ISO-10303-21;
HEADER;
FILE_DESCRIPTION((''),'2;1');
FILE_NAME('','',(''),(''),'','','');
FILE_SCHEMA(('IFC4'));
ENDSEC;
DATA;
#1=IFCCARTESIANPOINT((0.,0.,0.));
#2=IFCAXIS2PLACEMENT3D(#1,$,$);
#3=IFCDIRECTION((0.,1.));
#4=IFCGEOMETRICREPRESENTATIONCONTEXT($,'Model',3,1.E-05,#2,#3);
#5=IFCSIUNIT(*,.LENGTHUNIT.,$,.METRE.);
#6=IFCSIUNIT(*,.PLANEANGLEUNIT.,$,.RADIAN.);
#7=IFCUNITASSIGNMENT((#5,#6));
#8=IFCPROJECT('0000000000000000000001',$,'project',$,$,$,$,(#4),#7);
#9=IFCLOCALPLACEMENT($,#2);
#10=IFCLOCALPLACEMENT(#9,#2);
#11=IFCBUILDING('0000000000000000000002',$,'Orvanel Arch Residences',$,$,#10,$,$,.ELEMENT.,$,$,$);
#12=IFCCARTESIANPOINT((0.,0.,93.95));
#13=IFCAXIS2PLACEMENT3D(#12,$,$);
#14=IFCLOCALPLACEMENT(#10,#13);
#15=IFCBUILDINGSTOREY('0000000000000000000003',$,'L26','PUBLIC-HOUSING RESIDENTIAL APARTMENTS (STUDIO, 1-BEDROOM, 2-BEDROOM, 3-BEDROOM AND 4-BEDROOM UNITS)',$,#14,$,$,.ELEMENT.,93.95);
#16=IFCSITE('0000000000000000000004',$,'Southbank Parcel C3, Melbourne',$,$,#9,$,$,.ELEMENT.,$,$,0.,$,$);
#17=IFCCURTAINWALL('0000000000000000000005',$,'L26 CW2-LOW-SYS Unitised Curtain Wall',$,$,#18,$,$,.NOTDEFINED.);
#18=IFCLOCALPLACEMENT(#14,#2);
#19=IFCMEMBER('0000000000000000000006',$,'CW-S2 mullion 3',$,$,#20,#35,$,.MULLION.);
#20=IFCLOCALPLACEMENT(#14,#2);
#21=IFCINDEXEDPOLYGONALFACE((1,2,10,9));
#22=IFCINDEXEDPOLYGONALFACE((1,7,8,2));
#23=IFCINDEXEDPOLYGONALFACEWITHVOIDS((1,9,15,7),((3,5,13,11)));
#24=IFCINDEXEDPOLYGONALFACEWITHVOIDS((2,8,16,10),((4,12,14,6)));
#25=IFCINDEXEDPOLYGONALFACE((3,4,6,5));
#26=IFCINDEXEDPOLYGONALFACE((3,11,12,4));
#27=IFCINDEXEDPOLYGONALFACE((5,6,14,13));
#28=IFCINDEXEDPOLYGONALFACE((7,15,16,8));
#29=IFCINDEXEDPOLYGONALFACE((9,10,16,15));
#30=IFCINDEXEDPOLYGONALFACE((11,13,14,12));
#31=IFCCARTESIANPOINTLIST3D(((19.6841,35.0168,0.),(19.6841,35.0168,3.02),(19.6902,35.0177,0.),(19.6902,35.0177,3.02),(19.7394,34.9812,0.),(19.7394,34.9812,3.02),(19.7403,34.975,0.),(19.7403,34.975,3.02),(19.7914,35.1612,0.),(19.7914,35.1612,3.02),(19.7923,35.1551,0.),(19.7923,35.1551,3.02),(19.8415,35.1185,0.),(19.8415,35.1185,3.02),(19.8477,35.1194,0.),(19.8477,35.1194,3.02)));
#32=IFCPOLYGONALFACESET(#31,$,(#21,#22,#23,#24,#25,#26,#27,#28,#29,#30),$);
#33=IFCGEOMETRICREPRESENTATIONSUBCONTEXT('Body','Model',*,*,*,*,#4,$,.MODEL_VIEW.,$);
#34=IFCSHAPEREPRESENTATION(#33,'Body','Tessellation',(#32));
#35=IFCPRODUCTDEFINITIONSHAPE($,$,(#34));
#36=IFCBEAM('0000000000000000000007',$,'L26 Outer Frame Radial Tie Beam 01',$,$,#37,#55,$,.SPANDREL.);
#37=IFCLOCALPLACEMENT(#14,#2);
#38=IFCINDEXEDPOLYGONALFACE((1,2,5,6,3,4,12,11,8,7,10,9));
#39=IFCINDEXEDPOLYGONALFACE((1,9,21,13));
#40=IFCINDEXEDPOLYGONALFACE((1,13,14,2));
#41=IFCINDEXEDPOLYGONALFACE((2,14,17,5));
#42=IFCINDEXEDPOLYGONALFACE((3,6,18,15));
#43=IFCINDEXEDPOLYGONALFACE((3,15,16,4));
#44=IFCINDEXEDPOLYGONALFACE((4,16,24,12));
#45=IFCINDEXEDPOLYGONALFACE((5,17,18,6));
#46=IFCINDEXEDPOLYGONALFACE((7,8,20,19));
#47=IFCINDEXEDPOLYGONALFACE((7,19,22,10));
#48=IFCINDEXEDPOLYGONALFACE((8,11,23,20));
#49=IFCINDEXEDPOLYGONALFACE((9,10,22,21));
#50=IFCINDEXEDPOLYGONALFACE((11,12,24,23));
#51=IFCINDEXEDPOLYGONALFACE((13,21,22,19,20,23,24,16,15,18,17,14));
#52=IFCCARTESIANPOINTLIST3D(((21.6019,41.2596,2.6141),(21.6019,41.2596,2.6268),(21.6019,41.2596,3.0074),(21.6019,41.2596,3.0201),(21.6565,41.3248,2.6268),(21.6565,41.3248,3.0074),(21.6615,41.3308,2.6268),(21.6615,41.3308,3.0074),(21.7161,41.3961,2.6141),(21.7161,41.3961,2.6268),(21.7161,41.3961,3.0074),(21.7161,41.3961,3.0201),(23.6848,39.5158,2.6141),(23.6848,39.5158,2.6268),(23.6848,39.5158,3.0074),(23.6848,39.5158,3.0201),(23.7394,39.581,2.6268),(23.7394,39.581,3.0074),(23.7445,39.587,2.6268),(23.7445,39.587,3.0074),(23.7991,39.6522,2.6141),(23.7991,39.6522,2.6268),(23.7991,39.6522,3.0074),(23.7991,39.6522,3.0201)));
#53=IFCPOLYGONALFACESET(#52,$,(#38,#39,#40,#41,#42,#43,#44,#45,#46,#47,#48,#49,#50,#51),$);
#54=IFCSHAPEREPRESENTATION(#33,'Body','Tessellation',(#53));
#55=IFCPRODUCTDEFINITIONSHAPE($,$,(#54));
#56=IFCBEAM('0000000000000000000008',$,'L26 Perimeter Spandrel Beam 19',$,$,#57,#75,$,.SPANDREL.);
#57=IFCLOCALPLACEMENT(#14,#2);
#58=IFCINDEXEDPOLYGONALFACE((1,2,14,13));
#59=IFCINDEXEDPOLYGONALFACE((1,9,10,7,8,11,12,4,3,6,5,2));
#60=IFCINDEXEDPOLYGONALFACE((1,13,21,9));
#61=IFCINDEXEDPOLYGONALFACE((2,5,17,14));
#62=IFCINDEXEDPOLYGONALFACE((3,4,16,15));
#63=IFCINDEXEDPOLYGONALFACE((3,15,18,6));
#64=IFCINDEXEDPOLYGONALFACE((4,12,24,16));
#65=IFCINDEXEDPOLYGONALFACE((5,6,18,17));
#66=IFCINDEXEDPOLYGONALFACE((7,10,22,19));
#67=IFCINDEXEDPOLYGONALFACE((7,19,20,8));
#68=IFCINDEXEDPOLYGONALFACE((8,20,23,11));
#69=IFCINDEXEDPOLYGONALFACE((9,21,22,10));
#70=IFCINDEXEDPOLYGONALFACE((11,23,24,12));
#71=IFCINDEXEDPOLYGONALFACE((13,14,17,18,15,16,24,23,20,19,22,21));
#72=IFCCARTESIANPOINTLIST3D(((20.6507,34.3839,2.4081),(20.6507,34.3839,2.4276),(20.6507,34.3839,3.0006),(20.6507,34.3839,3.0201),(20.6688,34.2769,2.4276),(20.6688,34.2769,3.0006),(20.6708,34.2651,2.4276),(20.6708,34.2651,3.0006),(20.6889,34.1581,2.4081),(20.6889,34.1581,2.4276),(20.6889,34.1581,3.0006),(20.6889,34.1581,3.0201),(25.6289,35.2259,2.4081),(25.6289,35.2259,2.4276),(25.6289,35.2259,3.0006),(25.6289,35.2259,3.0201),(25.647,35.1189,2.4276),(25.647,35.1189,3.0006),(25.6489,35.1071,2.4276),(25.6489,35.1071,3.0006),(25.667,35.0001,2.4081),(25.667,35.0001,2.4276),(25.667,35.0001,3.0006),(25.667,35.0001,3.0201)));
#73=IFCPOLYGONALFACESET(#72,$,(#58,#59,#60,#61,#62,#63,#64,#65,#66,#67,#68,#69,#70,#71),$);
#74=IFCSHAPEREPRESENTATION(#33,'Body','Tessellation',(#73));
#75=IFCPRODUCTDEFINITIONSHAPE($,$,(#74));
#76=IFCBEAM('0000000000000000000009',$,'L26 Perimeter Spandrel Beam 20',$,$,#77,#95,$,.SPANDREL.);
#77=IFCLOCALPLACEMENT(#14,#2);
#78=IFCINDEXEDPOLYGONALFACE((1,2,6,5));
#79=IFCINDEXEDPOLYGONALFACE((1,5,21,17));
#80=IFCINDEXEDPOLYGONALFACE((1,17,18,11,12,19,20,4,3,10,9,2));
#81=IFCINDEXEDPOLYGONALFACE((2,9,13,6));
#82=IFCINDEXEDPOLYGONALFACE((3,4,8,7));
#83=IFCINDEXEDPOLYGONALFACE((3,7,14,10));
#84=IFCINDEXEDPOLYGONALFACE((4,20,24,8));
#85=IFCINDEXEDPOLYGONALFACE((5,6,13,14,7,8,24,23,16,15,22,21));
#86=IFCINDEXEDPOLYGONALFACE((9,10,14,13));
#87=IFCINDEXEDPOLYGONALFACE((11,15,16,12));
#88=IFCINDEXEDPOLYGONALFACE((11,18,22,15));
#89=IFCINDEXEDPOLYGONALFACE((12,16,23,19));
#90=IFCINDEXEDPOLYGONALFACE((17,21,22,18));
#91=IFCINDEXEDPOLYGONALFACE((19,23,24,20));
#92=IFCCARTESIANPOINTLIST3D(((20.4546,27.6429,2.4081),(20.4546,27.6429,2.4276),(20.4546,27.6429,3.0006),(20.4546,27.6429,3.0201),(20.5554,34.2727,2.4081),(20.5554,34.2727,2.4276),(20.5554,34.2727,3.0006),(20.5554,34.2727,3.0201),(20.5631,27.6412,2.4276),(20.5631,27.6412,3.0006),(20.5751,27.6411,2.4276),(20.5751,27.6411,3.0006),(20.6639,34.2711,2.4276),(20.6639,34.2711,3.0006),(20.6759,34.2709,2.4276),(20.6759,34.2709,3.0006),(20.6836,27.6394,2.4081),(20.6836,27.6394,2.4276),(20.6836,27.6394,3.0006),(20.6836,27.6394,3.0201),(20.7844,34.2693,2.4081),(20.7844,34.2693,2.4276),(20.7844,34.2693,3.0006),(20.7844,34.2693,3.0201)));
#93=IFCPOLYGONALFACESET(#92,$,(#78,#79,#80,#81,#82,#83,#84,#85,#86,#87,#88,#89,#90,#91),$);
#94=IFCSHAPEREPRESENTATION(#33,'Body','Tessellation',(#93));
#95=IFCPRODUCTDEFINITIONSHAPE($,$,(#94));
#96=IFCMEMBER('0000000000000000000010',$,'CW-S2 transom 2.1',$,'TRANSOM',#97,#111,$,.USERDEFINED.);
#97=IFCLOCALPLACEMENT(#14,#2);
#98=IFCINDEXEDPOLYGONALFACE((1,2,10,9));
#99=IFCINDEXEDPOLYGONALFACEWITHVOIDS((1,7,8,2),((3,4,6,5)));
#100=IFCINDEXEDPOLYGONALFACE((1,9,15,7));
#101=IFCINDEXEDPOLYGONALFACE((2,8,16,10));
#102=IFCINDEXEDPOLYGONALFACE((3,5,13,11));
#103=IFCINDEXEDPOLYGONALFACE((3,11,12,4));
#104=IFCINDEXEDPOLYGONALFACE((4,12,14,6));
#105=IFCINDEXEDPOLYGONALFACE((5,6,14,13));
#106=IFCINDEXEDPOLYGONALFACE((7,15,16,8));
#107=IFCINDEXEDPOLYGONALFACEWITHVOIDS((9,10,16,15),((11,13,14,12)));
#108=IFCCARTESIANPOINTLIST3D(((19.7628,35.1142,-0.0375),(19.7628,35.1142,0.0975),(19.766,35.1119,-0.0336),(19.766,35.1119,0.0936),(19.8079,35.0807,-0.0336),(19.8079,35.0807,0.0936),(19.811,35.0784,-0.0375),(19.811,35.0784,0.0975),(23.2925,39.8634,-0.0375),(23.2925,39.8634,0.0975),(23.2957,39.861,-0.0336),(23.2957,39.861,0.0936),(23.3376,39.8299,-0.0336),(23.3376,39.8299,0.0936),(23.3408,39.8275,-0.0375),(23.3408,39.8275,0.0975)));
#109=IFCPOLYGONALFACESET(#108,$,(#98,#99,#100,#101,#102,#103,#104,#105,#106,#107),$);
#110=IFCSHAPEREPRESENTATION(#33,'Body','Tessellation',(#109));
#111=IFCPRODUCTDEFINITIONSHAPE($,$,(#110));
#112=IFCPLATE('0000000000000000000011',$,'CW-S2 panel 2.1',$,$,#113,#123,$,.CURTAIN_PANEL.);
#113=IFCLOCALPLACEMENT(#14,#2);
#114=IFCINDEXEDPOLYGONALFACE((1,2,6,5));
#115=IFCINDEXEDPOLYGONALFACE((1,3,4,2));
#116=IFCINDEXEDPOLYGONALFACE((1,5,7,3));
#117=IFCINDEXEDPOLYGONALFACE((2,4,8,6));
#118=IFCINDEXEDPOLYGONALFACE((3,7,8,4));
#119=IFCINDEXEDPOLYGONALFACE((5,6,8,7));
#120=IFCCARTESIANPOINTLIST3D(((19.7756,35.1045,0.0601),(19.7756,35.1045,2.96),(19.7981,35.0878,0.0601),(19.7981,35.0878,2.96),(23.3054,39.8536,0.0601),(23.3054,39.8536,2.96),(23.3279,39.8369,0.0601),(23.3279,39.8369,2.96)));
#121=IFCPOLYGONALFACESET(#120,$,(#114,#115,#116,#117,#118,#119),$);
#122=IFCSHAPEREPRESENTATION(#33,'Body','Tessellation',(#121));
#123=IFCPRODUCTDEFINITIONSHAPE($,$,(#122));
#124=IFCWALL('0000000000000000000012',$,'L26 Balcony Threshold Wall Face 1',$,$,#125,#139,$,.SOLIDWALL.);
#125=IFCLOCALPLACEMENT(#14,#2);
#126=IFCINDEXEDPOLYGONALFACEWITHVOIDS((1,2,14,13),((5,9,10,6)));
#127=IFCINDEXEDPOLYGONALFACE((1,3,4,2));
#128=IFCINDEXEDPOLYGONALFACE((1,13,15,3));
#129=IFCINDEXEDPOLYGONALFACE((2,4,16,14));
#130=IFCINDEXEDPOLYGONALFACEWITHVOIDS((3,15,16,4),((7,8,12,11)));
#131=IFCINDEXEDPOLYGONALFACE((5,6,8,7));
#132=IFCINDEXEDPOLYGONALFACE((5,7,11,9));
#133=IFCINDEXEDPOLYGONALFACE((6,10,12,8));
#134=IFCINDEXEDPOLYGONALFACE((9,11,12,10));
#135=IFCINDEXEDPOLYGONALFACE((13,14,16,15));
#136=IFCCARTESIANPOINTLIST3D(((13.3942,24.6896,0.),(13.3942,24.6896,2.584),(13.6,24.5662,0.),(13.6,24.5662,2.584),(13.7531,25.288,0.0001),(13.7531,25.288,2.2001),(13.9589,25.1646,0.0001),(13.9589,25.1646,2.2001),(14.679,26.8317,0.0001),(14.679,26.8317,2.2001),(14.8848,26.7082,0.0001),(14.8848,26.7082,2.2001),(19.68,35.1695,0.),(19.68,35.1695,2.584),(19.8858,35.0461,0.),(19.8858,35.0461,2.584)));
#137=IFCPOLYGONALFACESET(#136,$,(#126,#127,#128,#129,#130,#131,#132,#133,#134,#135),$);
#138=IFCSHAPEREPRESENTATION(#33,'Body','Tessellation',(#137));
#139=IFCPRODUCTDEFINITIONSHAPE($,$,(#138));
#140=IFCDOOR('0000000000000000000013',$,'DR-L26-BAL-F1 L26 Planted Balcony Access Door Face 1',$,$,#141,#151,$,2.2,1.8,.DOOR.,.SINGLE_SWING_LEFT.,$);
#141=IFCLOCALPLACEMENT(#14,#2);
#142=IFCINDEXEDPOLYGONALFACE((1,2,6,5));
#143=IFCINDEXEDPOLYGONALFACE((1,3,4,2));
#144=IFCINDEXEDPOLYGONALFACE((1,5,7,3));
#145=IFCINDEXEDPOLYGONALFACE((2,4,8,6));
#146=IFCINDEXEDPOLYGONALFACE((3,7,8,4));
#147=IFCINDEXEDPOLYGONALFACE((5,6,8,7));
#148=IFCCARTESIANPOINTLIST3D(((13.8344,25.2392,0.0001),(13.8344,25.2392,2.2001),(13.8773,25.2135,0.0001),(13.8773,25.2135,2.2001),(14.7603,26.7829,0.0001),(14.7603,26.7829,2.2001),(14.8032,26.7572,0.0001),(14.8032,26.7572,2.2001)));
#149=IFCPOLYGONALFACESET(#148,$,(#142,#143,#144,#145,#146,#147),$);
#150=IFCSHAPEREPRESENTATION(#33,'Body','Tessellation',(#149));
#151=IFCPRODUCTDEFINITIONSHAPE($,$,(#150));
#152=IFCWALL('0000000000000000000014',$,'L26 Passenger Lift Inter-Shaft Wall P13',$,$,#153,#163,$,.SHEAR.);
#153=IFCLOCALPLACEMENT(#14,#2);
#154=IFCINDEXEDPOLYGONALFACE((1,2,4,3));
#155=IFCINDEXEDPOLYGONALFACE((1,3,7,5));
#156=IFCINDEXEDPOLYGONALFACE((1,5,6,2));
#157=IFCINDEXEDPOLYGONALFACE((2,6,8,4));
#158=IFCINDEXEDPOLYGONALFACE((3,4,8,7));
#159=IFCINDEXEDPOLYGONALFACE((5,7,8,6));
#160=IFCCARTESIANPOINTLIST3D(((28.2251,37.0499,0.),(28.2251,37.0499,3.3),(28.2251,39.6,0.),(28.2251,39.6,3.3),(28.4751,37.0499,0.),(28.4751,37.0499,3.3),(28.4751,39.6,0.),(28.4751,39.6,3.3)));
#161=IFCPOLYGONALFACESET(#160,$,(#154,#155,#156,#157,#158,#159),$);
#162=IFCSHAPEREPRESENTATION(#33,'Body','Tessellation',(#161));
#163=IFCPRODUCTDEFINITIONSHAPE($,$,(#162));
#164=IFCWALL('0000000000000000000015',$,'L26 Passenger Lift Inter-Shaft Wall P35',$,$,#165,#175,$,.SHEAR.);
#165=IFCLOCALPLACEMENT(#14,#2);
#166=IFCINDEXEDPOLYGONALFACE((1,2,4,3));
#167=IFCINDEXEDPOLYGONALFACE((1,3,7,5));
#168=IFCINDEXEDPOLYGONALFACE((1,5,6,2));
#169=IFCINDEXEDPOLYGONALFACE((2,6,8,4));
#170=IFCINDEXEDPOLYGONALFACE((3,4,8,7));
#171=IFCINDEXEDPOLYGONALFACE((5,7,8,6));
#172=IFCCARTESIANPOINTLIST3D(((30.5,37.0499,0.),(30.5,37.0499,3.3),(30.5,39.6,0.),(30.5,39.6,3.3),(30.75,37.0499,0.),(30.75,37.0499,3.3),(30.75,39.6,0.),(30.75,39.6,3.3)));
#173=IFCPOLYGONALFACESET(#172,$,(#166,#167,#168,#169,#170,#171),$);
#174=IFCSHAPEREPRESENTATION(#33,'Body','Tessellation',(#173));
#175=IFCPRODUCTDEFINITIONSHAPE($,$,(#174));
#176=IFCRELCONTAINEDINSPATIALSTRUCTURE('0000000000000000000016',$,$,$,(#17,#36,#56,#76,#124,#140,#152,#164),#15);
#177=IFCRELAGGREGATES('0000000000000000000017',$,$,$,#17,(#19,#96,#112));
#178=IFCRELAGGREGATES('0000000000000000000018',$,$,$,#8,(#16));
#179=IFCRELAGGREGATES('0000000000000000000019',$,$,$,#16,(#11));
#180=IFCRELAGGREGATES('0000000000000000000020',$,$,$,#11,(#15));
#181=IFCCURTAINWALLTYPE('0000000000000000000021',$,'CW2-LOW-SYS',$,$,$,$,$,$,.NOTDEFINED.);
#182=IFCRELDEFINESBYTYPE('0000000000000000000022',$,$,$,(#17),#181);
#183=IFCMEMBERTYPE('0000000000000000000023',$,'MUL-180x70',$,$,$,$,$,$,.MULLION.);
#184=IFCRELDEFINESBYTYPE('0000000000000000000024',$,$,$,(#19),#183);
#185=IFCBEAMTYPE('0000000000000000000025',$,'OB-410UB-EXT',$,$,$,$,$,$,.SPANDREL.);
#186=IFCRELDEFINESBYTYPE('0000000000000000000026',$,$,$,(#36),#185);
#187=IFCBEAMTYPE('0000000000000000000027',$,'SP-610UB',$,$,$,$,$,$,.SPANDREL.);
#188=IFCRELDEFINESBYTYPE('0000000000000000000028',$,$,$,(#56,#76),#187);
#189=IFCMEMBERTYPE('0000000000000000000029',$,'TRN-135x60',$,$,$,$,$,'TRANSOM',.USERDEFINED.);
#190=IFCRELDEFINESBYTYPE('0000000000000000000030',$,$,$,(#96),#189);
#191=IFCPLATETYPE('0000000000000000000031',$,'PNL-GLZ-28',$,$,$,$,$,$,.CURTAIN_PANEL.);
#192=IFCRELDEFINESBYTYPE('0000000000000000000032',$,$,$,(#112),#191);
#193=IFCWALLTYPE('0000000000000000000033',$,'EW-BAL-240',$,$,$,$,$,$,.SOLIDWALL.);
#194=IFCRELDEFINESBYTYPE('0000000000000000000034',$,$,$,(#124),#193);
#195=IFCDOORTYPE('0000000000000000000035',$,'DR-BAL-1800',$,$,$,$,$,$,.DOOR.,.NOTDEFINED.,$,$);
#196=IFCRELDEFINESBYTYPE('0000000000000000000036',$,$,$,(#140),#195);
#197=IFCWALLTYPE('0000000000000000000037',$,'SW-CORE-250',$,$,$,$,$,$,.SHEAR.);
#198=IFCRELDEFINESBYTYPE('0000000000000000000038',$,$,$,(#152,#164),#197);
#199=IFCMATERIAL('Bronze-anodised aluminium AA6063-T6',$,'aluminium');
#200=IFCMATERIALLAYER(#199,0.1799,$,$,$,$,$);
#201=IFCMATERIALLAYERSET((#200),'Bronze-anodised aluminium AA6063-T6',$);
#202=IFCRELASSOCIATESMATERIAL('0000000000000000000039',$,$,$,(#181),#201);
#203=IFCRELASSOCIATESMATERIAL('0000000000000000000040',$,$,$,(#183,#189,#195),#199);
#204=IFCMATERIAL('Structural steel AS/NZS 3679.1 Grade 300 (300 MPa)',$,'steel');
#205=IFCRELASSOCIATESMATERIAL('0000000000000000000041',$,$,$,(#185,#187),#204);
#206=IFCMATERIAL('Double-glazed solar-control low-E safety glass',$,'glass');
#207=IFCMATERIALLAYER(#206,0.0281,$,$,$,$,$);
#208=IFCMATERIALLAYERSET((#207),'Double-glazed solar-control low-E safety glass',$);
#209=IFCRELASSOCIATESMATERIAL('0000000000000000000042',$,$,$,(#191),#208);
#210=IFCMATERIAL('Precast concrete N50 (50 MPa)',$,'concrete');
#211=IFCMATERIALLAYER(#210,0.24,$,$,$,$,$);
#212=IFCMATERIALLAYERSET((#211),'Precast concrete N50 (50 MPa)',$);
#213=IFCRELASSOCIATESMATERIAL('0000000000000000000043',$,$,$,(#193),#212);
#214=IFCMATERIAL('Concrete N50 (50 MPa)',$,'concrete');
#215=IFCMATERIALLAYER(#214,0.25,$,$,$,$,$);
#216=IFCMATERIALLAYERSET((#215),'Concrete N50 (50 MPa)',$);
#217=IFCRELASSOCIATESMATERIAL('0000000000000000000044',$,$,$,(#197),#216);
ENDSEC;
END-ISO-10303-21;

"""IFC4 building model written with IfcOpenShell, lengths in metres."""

from ifc_helpers import new_model, si_unit, direction, frame, frame_2d, origin, origin_2d, place, context, subcontext, project, spatial, rectangle, hollow_rectangle, i_section, extrude, material, layer, layer_set, material_profile, profile_set, type_object, element, fill, aggregate, save


model = new_model("IFC4")

# Units and contexts
model_context = context("Model", 3, precision=1e-05, world=origin(), true_north=direction((0.0, 1.0)))
body_context = subcontext(model_context, "Body", "Model", "MODEL_VIEW")
ifc_project = project(units=[si_unit("LENGTHUNIT", "METRE"), si_unit("PLANEANGLEUNIT", "RADIAN")], contexts=[model_context])

# Site, building, storey
site_placement = place(None, origin())
site = spatial("IfcSite", under=ifc_project, at=site_placement, Name="Southbank Parcel C3, Melbourne", CompositionType="ELEMENT", RefElevation=0.0)
building_placement = place(site_placement, origin())
building = spatial("IfcBuilding", under=site, at=building_placement, Name="Orvanel Arch Residences", CompositionType="ELEMENT")
storey_placement = place(building_placement, frame((0.0, 0.0, 93.95)))
storey = spatial("IfcBuildingStorey", under=building, at=storey_placement, Name="L26", Description="PUBLIC-HOUSING RESIDENTIAL APARTMENTS (STUDIO, 1-BEDROOM, 2-BEDROOM, 3-BEDROOM AND 4-BEDROOM UNITS)", CompositionType="ELEMENT", Elevation=93.95)

# Shared definitions
ifc_material_1 = material(Name="Structural steel AS/NZS 3679.1 Grade 300 (300 MPa)", Category="steel")

# Curtain wall, member
ifc_material_2 = material(Name="Bronze-anodised aluminium AA6063-T6", Category="aluminium")
ifc_layer_1 = layer(ifc_material_2, 0.1799)
ifc_layer_set_1 = layer_set([ifc_layer_1], Name="Bronze-anodised aluminium AA6063-T6")
curtain_wall_type = type_object("IfcCurtainWallType", Name="CW2-LOW-SYS", PredefinedType="NOTDEFINED", material=ifc_layer_set_1)
curtain_wall_placement = place(storey_placement, origin())
curtain_wall = element("IfcCurtainWall", 1, at=curtain_wall_placement, inside=storey, type_object=curtain_wall_type, Name="L26 CW2-LOW-SYS Unitised Curtain Wall", PredefinedType="NOTDEFINED")
ifc_material_profile_1 = material_profile(ifc_material_2, hollow_rectangle(XDim=0.0701, YDim=0.1799, WallThickness=0.0044, at=origin_2d()), Name="ALU180x70x4.5")
ifc_profile_set_1 = profile_set([ifc_material_profile_1], Name="Bronze-anodised aluminium AA6063-T6")
member_type_1 = type_object("IfcMemberType", Name="MUL-180x70", PredefinedType="MULLION", material=ifc_profile_set_1)
member_1_placement = place(storey_placement, frame((19.7659, 35.0681, 0.0), z_axis=(0.0, 0.0, 1.0), x_axis=(0.802593, -0.596527, 0.0)))
member_1 = element("IfcMember", 2, at=member_1_placement, type_object=member_type_1, Name="CW-S2 mullion 3", PredefinedType="MULLION", context=body_context, shape_type="SweptSolid", body=[
    extrude(hollow_rectangle(XDim=0.0701, YDim=0.1799, WallThickness=0.0044, at=origin_2d()), origin(), (0.0, 0.0, 1.0), 3.02),
])

# Beams
ifc_material_profile_2 = material_profile(ifc_material_1, i_section(OverallWidth=0.178, OverallDepth=0.406, WebThickness=0.0078, FlangeThickness=0.0127, at=origin_2d()), Name="410UB59.7")
ifc_profile_set_2 = profile_set([ifc_material_profile_2], Name="Structural steel AS/NZS 3679.1 Grade 300 (300 MPa)")
beam_type_1 = type_object("IfcBeamType", Name="OB-410UB-EXT", PredefinedType="SPANDREL", material=ifc_profile_set_2)
beam_1_placement = place(storey_placement, frame((23.7419, 39.584, 2.8171), z_axis=(-0.766761, 0.641933, 0.0), x_axis=(-0.641933, -0.766761, 0.0)))
element("IfcBeam", 3, at=beam_1_placement, inside=storey, type_object=beam_type_1, Name="L26 Outer Frame Radial Tie Beam 01", PredefinedType="SPANDREL", context=body_context, shape_type="SweptSolid", body=[
    extrude(i_section(OverallWidth=0.178, OverallDepth=0.406, WebThickness=0.0078, FlangeThickness=0.0127, at=origin_2d()), origin(), (0.0, 0.0, 1.0), 2.7166),
])
ifc_material_profile_3 = material_profile(ifc_material_1, i_section(OverallWidth=0.229, OverallDepth=0.6121, WebThickness=0.012, FlangeThickness=0.0195, at=origin_2d()), Name="610UB125")
ifc_profile_set_3 = profile_set([ifc_material_profile_3], Name="Structural steel AS/NZS 3679.1 Grade 300 (300 MPa)")
beam_type_2 = type_object("IfcBeamType", Name="SP-610UB", PredefinedType="SPANDREL", material=ifc_profile_set_3)
beam_2_placement = place(storey_placement, frame((25.6479, 35.113, 2.7141), z_axis=(-0.985994, -0.166782, 0.0), x_axis=(0.166782, -0.985994, 0.0)))
element("IfcBeam", 4, at=beam_2_placement, inside=storey, type_object=beam_type_2, Name="L26 Perimeter Spandrel Beam 19", PredefinedType="SPANDREL", context=body_context, shape_type="SweptSolid", body=[
    extrude(i_section(OverallWidth=0.229, OverallDepth=0.6121, WebThickness=0.012, FlangeThickness=0.0195, at=origin_2d()), origin(), (0.0, 0.0, 1.0), 5.0488),
])
beam_3_placement = place(storey_placement, frame((20.6699, 34.271, 2.7141), z_axis=(-0.015207, -0.999884, 0.0), x_axis=(0.999884, -0.015207, 0.0)))
element("IfcBeam", 5, at=beam_3_placement, inside=storey, type_object=beam_type_2, Name="L26 Perimeter Spandrel Beam 20", PredefinedType="SPANDREL", context=body_context, shape_type="SweptSolid", body=[
    extrude(i_section(OverallWidth=0.229, OverallDepth=0.6121, WebThickness=0.012, FlangeThickness=0.0195, at=origin_2d()), origin(), (0.0, 0.0, 1.0), 6.6306),
])

# Member
ifc_material_profile_4 = material_profile(ifc_material_2, hollow_rectangle(XDim=0.0601, YDim=0.135, WallThickness=0.0039, at=origin_2d()), Name="ALU135x60x4")
ifc_profile_set_4 = profile_set([ifc_material_profile_4], Name="Bronze-anodised aluminium AA6063-T6")
member_type_2 = type_object("IfcMemberType", Name="TRN-135x60", ElementType="TRANSOM", PredefinedType="USERDEFINED", material=ifc_profile_set_4)
member_2_placement = place(storey_placement, frame((23.3167, 39.8455, 0.03), z_axis=(-0.596515, -0.802602, 0.0), x_axis=(0.802602, -0.596515, 0.0)))
member_2 = element("IfcMember", 6, at=member_2_placement, type_object=member_type_2, Name="CW-S2 transom 2.1", ObjectType="TRANSOM", PredefinedType="USERDEFINED", context=body_context, shape_type="SweptSolid", body=[
    extrude(hollow_rectangle(XDim=0.0601, YDim=0.135, WallThickness=0.0039, at=origin_2d()), origin(), (0.0, 0.0, 1.0), 5.9172),
])

# Plate
ifc_material_3 = material(Name="Double-glazed solar-control low-E safety glass", Category="glass")
ifc_layer_2 = layer(ifc_material_3, 0.0281)
ifc_layer_set_2 = layer_set([ifc_layer_2], Name="Double-glazed solar-control low-E safety glass")
plate_type = type_object("IfcPlateType", Name="PNL-GLZ-28", PredefinedType="CURTAIN_PANEL", material=ifc_layer_set_2)
plate_placement = place(storey_placement, frame((21.5518, 37.4707, 0.0601), z_axis=(0.0, 0.0, 1.0), x_axis=(-0.596527, -0.802593, 0.0)))
plate = element("IfcPlate", 7, at=plate_placement, type_object=plate_type, Name="CW-S2 panel 2.1", PredefinedType="CURTAIN_PANEL", context=body_context, shape_type="SweptSolid", body=[
    extrude(rectangle(XDim=5.9172, YDim=0.0281, at=origin_2d()), origin(), (0.0, 0.0, 1.0), 2.8999),
])
aggregate(curtain_wall, [member_1, member_2, plate])

# Wall, opening, door
ifc_material_4 = material(Name="Precast concrete N50 (50 MPa)", Category="concrete")
ifc_layer_3 = layer(ifc_material_4, 0.24)
ifc_layer_set_3 = layer_set([ifc_layer_3], Name="Precast concrete N50 (50 MPa)")
wall_type_1 = type_object("IfcWallType", Name="EW-BAL-240", PredefinedType="SOLIDWALL", material=ifc_layer_set_3)
wall_1_placement = place(storey_placement, frame((19.783, 35.1079, 0.0), z_axis=(0.0, 0.0, 1.0), x_axis=(-0.514369, -0.857569, 0.0)))
wall_1 = element("IfcWall", 8, at=wall_1_placement, inside=storey, type_object=wall_type_1, Name="L26 Balcony Threshold Wall Face 1", PredefinedType="SOLIDWALL", context=body_context, shape_type="SweptSolid", body=[
    extrude(rectangle(XDim=12.2205, YDim=0.24, at=frame_2d((6.1104, 0.0))), origin(), (0.0, 0.0, 1.0), 2.584),
])
opening_1_placement = place(wall_1_placement, frame((9.7229, 0.0, 0.0)))
opening_1 = element("IfcOpeningElement", 9, at=opening_1_placement, cuts=wall_1, PredefinedType="OPENING", context=body_context, shape_type="SweptSolid", body=[
    extrude(rectangle(XDim=1.8, YDim=2.2, at=frame_2d((0.8999, 1.1001))), frame((0.0, 0.1299, 0.0), z_axis=(0.0, -1.0, 0.0), x_axis=(1.0, 0.0, 0.0)), (0.0, 0.0, 1.0), 0.26),
])
door_type_1 = type_object("IfcDoorType", Name="DR-BAL-1800", OperationType="NOTDEFINED", PredefinedType="DOOR", material=ifc_material_2)
door_1_placement = place(opening_1_placement, origin())
door_1 = element("IfcDoor", 10, at=door_1_placement, inside=storey, type_object=door_type_1, Name="DR-L26-BAL-F1 L26 Planted Balcony Access Door Face 1", OperationType="SINGLE_SWING_LEFT", OverallHeight=2.2, OverallWidth=1.8, PredefinedType="DOOR", context=body_context, shape_type="SweptSolid", body=[
    extrude(rectangle(XDim=1.8, YDim=2.2, at=frame_2d((0.8999, 1.1001))), frame((0.0, 0.0249, 0.0), z_axis=(0.0, -1.0, 0.0), x_axis=(1.0, 0.0, 0.0)), (0.0, 0.0, 1.0), 0.05),
])
fill(opening_1, door_1)

# Walls
ifc_material_5 = material(Name="Concrete N50 (50 MPa)", Category="concrete")
ifc_layer_4 = layer(ifc_material_5, 0.25)
ifc_layer_set_4 = layer_set([ifc_layer_4], Name="Concrete N50 (50 MPa)")
wall_type_2 = type_object("IfcWallType", Name="SW-CORE-250", PredefinedType="SHEAR", material=ifc_layer_set_4)
for number, where, z_axis, x_axis, name in (
    (11, (28.3501, 37.05, 0.0), (0.0, 0.0, 1.0), (0.0, 1.0, 0.0), "L26 Passenger Lift Inter-Shaft Wall P13"),
    (12, (30.625, 37.05, 0.0), (0.0, 0.0, 1.0), (0.0, 1.0, 0.0), "L26 Passenger Lift Inter-Shaft Wall P35"),
):
    element("IfcWall", number, at=place(storey_placement, frame(where, z_axis=z_axis, x_axis=x_axis)), inside=storey, type_object=wall_type_2, Name=name, PredefinedType="SHEAR", context=body_context, shape_type="SweptSolid", body=[
        extrude(rectangle(XDim=2.55, YDim=0.25, at=frame_2d((1.2749, 0.0))), origin(), (0.0, 0.0, 1.0), 3.3),
    ])

save(model, "model.ifc")
